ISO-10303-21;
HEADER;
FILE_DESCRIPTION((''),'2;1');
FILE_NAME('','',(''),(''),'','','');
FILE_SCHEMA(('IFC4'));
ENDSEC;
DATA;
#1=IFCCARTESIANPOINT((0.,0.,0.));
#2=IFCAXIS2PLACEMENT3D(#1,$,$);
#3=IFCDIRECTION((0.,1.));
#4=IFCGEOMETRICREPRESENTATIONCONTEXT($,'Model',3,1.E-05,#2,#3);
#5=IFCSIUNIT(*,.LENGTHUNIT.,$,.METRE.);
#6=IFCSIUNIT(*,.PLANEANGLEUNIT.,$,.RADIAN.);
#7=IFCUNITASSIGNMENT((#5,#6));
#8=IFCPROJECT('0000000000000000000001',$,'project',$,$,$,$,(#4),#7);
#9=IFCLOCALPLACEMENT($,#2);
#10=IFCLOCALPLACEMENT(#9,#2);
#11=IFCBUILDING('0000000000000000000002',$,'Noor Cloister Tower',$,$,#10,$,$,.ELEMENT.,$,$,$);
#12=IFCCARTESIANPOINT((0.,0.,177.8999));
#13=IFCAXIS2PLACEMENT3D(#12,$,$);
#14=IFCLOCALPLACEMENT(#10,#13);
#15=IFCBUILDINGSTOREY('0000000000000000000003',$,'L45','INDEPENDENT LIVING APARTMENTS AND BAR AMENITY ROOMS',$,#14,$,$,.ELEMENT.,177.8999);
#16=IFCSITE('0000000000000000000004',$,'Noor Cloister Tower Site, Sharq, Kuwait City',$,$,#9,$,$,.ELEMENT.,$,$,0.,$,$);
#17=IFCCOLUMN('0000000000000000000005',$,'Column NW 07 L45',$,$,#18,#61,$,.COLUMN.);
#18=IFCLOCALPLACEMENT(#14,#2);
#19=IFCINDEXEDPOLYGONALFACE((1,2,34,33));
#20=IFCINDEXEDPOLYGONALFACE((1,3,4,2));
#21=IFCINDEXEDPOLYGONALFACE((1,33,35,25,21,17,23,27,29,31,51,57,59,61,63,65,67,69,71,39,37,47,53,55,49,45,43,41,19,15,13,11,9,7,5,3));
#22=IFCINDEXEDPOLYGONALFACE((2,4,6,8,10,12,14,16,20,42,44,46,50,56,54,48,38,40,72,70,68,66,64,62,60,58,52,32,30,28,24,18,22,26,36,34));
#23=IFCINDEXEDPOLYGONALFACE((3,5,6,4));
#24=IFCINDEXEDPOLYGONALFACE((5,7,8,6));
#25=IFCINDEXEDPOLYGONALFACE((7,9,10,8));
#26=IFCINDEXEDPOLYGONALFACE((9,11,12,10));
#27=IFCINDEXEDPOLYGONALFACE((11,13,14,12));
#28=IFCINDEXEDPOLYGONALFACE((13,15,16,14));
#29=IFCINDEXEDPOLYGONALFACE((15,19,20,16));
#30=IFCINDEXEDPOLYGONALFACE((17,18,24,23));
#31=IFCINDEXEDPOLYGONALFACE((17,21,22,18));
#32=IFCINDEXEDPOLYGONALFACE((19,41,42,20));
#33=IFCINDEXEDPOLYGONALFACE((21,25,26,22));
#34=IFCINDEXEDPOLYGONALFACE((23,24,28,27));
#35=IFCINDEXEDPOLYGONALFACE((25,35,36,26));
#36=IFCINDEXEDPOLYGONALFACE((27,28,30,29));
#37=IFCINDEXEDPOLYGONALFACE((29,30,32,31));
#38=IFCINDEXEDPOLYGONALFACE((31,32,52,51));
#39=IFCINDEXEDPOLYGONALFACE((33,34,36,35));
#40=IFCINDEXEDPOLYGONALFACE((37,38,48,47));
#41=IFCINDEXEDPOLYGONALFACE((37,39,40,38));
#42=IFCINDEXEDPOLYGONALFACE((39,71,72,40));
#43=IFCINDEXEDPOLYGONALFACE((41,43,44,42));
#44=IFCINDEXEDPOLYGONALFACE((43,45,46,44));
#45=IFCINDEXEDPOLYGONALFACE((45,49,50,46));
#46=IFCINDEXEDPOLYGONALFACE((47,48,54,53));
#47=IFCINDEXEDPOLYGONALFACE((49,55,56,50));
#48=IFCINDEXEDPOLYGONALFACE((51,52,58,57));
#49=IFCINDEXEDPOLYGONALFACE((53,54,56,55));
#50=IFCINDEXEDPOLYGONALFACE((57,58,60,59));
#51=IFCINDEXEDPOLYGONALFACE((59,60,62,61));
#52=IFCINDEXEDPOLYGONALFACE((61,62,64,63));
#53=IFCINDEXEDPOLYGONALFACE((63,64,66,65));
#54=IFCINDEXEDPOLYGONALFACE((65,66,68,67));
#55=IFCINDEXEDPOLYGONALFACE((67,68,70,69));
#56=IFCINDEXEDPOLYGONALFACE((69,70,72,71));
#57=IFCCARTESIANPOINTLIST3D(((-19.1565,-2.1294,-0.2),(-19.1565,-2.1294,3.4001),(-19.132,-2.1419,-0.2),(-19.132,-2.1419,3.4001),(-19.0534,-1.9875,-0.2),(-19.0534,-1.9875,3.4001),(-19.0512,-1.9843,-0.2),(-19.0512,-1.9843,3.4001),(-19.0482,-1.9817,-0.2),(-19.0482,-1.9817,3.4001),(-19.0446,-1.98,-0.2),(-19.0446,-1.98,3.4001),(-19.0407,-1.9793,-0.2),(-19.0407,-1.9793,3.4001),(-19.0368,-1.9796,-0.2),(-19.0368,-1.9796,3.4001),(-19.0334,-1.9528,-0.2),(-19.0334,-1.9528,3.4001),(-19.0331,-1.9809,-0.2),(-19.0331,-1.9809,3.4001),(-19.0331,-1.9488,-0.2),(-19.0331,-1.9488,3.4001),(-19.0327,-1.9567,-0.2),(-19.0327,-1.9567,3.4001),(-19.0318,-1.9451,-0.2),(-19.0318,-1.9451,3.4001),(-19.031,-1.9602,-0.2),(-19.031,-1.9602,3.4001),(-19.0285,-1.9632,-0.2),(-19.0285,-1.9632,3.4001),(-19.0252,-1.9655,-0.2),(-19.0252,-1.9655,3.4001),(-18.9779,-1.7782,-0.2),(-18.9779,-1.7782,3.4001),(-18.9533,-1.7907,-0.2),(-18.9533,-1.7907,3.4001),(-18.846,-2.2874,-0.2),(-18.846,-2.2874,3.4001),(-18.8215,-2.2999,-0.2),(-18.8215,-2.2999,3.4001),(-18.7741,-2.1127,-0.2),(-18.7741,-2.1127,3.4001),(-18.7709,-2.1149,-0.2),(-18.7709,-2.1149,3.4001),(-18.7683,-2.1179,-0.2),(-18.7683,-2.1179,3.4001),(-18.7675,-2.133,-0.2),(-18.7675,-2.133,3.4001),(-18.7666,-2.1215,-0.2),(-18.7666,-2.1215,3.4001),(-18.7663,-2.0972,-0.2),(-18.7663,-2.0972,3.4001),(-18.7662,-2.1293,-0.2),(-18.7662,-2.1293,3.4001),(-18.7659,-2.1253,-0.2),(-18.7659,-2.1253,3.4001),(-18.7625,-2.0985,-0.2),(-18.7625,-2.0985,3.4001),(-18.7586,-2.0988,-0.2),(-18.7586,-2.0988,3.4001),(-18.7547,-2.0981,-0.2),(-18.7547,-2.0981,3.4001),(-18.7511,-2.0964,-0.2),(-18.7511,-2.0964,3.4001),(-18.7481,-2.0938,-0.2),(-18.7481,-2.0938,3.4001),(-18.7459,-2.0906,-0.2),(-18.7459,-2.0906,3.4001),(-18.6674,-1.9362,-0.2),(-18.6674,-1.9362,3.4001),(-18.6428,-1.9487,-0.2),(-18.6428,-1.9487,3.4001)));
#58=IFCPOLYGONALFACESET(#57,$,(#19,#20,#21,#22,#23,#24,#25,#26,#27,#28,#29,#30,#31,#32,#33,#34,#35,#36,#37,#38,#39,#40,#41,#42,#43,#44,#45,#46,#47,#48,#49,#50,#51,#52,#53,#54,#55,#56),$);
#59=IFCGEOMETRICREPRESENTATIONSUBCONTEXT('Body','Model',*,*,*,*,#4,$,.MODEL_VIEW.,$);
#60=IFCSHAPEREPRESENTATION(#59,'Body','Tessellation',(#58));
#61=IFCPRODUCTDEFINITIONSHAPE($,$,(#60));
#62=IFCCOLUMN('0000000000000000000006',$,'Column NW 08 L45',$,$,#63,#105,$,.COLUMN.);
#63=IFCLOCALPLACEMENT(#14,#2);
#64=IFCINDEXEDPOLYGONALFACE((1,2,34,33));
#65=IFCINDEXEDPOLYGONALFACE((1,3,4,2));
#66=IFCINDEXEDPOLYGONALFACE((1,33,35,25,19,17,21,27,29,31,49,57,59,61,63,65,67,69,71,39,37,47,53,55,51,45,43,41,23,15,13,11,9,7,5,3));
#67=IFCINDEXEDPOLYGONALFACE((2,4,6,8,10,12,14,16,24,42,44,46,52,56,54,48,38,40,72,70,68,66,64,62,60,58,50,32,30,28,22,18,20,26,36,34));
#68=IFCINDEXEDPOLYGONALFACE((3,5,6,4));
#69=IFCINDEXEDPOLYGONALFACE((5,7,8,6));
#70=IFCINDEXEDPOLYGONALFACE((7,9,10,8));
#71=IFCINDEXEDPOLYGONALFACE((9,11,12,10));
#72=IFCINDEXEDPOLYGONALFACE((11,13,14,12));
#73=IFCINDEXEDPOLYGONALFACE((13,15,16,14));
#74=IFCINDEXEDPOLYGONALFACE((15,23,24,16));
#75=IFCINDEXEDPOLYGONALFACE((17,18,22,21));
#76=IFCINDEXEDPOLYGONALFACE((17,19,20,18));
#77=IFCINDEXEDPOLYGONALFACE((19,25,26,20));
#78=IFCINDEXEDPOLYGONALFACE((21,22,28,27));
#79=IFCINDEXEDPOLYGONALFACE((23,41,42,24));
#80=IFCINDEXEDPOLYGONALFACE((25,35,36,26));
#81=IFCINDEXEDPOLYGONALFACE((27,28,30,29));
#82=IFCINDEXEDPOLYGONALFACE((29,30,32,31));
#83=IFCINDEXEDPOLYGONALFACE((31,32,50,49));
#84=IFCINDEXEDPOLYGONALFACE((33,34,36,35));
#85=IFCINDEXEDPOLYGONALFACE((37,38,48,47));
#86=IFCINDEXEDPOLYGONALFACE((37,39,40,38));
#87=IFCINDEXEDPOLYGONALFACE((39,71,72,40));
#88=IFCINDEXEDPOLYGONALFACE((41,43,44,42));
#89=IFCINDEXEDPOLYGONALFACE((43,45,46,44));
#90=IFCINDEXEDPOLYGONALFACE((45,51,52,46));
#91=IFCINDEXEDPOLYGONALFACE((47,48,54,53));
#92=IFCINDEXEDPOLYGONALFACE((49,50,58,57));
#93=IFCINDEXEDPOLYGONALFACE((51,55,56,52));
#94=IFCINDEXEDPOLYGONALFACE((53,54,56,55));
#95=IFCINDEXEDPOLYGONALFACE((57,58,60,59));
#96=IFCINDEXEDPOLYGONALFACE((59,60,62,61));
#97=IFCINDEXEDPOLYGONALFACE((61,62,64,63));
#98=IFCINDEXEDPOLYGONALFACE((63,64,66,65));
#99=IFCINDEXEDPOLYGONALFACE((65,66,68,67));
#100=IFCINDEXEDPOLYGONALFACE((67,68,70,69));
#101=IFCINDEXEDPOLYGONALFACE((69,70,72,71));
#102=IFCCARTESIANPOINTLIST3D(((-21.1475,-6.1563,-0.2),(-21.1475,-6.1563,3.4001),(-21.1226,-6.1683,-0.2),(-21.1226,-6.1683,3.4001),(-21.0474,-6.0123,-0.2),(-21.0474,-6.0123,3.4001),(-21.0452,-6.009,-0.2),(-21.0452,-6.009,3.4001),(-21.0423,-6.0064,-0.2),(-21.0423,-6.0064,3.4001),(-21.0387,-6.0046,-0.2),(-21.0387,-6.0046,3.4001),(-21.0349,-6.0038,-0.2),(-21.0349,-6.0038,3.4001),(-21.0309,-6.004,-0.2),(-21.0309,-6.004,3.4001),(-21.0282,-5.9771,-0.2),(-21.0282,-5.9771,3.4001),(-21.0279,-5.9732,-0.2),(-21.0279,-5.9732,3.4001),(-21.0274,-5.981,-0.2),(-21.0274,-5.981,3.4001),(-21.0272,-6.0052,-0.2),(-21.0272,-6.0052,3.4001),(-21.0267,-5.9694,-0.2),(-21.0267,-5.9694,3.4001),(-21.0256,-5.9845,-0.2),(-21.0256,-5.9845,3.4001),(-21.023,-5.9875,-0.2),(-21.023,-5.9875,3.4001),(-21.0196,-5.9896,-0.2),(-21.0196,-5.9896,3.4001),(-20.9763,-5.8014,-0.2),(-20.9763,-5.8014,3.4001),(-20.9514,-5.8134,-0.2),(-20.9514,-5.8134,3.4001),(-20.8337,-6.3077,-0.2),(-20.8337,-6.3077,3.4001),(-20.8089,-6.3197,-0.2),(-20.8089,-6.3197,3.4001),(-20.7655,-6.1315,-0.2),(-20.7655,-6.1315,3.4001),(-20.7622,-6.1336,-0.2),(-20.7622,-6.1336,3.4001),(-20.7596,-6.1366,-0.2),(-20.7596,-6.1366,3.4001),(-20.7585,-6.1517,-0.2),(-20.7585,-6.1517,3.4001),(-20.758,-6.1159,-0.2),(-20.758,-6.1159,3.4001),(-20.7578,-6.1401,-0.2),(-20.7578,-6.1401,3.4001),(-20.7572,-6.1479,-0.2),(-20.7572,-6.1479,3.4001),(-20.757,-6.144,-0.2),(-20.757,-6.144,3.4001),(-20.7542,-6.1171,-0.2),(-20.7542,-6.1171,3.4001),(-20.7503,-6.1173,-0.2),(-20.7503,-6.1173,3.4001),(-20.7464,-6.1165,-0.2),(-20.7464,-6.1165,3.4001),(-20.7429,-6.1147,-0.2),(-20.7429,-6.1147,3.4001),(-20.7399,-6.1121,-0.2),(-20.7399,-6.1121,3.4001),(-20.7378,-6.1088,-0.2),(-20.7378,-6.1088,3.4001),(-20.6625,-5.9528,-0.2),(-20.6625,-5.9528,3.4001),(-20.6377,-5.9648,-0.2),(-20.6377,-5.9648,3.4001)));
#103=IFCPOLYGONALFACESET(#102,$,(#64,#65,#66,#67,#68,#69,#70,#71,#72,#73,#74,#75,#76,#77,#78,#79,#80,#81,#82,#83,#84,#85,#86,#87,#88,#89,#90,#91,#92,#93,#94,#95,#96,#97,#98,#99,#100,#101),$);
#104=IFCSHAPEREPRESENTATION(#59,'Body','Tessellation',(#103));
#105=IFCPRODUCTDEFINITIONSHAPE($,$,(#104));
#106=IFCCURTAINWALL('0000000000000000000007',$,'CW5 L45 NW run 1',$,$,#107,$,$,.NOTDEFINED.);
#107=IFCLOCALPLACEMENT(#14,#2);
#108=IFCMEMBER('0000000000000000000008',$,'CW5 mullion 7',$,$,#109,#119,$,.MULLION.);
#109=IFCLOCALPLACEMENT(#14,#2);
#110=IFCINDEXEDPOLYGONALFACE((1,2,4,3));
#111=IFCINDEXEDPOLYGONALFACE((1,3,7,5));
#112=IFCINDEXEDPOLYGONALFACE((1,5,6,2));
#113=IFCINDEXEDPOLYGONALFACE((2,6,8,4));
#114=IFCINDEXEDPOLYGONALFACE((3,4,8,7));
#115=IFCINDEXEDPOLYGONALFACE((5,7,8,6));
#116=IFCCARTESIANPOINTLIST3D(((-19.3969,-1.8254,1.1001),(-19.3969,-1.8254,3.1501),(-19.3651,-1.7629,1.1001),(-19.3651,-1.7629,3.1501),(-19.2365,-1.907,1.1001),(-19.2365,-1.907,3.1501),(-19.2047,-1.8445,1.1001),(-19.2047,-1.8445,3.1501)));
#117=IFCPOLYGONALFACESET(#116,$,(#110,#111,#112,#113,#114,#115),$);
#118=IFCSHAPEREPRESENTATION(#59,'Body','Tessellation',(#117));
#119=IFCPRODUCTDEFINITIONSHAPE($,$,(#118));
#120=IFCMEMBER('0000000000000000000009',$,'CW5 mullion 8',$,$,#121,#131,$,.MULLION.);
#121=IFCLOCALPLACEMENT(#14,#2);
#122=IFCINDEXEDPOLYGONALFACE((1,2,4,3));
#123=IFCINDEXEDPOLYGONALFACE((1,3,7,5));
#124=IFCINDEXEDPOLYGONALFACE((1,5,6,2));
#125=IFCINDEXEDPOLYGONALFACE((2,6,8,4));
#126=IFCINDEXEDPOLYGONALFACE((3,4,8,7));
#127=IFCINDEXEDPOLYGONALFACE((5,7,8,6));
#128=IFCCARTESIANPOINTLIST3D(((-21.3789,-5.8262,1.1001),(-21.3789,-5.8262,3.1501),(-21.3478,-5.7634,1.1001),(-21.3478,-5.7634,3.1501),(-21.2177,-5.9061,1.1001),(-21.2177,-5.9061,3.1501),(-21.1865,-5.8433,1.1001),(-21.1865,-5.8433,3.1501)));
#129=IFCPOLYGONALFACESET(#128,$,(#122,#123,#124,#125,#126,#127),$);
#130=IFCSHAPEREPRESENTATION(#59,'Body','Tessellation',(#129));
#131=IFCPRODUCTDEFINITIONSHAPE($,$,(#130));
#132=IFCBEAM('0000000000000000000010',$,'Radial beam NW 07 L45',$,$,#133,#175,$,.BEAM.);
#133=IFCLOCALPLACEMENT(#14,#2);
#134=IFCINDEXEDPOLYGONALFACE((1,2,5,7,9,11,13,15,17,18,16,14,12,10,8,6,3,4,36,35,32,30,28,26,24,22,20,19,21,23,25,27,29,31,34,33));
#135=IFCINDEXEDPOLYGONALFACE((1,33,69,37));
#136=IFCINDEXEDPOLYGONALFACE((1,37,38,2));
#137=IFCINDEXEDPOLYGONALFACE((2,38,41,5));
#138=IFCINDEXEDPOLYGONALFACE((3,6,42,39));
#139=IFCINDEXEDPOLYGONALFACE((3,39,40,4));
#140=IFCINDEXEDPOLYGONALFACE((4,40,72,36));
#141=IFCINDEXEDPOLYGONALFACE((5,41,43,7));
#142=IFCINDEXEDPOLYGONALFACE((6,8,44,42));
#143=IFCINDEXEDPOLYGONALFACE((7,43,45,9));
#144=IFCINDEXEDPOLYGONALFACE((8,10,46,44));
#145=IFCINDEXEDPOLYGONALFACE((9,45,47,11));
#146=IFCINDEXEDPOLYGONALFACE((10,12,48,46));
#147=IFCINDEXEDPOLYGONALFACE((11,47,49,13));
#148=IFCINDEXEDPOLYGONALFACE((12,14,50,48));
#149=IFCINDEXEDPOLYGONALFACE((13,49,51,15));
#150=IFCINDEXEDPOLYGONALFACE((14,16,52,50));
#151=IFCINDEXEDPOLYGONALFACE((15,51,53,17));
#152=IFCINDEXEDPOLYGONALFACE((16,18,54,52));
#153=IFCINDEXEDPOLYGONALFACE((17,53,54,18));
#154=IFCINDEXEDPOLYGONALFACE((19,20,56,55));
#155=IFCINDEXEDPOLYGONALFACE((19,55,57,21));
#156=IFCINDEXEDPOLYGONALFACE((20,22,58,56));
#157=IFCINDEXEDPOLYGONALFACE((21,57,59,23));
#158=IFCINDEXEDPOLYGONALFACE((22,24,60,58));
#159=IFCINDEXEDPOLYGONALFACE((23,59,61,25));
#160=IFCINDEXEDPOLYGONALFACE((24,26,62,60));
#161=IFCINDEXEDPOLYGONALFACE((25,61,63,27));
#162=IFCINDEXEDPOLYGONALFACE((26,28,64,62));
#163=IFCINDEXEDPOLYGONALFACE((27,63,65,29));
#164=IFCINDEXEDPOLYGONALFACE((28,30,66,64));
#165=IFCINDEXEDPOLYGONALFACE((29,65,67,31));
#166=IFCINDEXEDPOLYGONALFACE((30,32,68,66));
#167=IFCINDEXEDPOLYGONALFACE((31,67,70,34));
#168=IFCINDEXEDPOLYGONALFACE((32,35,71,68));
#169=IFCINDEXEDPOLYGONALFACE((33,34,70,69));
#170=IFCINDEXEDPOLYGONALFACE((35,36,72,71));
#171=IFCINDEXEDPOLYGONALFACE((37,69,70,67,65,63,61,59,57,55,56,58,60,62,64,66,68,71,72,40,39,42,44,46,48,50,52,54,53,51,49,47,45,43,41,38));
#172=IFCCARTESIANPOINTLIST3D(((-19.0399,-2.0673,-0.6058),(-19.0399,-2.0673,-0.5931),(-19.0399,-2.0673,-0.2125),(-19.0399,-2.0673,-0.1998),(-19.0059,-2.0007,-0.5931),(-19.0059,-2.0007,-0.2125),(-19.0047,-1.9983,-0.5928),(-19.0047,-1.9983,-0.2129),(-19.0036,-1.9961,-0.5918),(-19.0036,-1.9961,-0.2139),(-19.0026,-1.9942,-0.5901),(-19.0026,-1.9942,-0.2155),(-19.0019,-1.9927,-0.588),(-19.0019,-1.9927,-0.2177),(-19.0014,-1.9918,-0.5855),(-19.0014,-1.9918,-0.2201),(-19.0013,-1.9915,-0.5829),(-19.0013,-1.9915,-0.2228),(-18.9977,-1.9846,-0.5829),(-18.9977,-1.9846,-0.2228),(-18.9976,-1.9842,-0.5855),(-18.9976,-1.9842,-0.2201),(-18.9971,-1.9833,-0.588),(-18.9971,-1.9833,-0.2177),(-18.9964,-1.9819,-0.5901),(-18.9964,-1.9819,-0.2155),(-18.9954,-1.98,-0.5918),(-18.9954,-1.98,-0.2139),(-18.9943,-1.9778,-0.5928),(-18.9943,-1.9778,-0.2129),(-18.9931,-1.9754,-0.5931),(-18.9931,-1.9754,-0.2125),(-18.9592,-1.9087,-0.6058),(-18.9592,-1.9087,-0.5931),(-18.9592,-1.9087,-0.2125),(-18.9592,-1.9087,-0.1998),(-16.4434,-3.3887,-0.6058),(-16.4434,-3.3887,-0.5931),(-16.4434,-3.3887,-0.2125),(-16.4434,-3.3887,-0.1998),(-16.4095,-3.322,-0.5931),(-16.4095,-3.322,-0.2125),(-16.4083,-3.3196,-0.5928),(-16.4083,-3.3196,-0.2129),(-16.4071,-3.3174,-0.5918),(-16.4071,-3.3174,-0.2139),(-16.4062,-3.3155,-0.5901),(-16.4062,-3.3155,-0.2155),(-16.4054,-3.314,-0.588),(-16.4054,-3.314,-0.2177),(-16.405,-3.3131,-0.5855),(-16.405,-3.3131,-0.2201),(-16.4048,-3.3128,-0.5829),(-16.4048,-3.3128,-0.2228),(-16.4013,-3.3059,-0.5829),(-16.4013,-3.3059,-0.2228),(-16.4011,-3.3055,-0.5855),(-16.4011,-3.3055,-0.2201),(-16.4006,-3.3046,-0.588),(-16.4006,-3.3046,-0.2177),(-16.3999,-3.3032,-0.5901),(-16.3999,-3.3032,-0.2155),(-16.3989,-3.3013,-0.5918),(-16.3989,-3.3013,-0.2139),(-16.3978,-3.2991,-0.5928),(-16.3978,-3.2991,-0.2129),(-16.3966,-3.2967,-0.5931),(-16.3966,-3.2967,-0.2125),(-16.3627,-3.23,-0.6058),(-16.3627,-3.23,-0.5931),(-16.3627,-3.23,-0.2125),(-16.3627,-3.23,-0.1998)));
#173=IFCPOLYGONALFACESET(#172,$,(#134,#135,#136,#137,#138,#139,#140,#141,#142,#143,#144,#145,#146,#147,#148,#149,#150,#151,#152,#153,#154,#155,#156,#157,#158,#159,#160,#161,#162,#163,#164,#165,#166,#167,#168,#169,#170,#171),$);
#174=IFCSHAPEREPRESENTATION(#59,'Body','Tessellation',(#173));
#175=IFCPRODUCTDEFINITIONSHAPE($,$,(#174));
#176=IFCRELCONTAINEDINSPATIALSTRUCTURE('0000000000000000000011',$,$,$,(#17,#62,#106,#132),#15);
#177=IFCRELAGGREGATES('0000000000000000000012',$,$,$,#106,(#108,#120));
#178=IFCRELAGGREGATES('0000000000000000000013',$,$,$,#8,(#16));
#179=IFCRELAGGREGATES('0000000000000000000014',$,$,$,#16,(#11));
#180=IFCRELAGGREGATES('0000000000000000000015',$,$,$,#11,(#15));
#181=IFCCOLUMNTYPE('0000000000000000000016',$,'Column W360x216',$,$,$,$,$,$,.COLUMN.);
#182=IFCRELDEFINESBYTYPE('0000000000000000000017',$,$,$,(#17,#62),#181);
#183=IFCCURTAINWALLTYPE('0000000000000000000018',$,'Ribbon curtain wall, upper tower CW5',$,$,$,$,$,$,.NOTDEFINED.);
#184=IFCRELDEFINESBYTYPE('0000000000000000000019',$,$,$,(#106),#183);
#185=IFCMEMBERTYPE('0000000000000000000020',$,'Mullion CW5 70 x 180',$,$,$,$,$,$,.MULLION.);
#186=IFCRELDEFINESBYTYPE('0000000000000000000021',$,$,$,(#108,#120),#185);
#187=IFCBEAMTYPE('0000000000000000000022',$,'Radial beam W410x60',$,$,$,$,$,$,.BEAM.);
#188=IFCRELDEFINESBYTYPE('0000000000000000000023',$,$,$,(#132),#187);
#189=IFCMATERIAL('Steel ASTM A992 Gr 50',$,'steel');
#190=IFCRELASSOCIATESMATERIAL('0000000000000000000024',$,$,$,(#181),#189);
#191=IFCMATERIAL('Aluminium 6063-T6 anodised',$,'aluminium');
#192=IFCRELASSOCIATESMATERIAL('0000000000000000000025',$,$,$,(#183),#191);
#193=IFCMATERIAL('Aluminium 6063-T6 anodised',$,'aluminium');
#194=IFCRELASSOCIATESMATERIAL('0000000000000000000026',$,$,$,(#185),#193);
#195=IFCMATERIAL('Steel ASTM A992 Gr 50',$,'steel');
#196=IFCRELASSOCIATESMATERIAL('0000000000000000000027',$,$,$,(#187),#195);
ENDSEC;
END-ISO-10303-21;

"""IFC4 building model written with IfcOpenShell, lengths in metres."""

from ifc_helpers import new_model, si_unit, direction, frame, origin, origin_2d, place, context, subcontext, project, spatial, rectangle, i_section, extrude, material, material_profile, profile_set, type_object, element, aggregate, save


model = new_model("IFC4")

# Units and contexts
model_context = context("Model", 3, precision=1e-05, world=origin(), true_north=direction((0.0, 1.0)))
body_context = subcontext(model_context, "Body", "Model", "MODEL_VIEW")
ifc_project = project(units=[si_unit("LENGTHUNIT", "METRE"), si_unit("PLANEANGLEUNIT", "RADIAN")], contexts=[model_context])

# Site, building, storey
site_placement = place(None, origin())
site = spatial("IfcSite", under=ifc_project, at=site_placement, Name="Noor Cloister Tower Site, Sharq, Kuwait City", CompositionType="ELEMENT", RefElevation=0.0)
building_placement = place(site_placement, origin())
building = spatial("IfcBuilding", under=site, at=building_placement, Name="Noor Cloister Tower", CompositionType="ELEMENT")
storey_placement = place(building_placement, frame((0.0, 0.0, 177.8999)))
storey = spatial("IfcBuildingStorey", under=building, at=storey_placement, Name="L45", Description="INDEPENDENT LIVING APARTMENTS AND BAR AMENITY ROOMS", CompositionType="ELEMENT", Elevation=177.8999)

# Columns
ifc_material_1 = material(Name="Steel ASTM A992 Gr 50", Category="steel")
ifc_material_profile_1 = material_profile(ifc_material_1, i_section(OverallWidth=0.394, OverallDepth=0.376, WebThickness=0.0173, FlangeThickness=0.0276, FilletRadius=0.0151, at=origin_2d()), Name="W360x216")
ifc_profile_set_1 = profile_set([ifc_material_profile_1], Name="Steel ASTM A992 Gr 50")
column_type = type_object("IfcColumnType", Name="Column W360x216", PredefinedType="COLUMN", material=ifc_profile_set_1)
for number, where, z_axis, x_axis, name in (
    (1, (-18.8997, -2.0391, -0.2), (0.0, 0.0, 1.0), (-0.453461, -0.891276, 0.0), "Column NW 07 L45"),
    (2, (-20.8926, -6.0605, -0.2), (0.0, 0.0, 1.0), (-0.434482, -0.90068, 0.0), "Column NW 08 L45"),
):
    element("IfcColumn", number, at=place(storey_placement, frame(where, z_axis=z_axis, x_axis=x_axis)), inside=storey, type_object=column_type, Name=name, PredefinedType="COLUMN", context=body_context, shape_type="SweptSolid", body=[
        extrude(i_section(OverallWidth=0.394, OverallDepth=0.376, WebThickness=0.0173, FlangeThickness=0.0276, FilletRadius=0.0151, at=origin_2d()), origin(), (0.0, 0.0, 1.0), 3.6001),
    ])

# Curtain wall, members
ifc_material_2 = material(Name="Aluminium 6063-T6 anodised", Category="aluminium")
curtain_wall_type = type_object("IfcCurtainWallType", Name="Ribbon curtain wall, upper tower CW5", PredefinedType="NOTDEFINED", material=ifc_material_2)
curtain_wall_placement = place(storey_placement, origin())
curtain_wall = element("IfcCurtainWall", 3, at=curtain_wall_placement, inside=storey, type_object=curtain_wall_type, Name="CW5 L45 NW run 1", PredefinedType="NOTDEFINED")
ifc_material_3 = material(Name="Aluminium 6063-T6 anodised", Category="aluminium")
ifc_material_profile_2 = material_profile(ifc_material_3, rectangle(XDim=0.1799, YDim=0.0701, at=origin_2d()), Name="180 x 70 mullion")
ifc_profile_set_2 = profile_set([ifc_material_profile_2], Name="Aluminium 6063-T6 anodised")
member_type = type_object("IfcMemberType", Name="Mullion CW5 70 x 180", PredefinedType="MULLION", material=ifc_profile_set_2)
member_1_placement = place(storey_placement, frame((-19.3008, -1.835, 1.1001), z_axis=(0.0, 0.0, 1.0), x_axis=(0.891276, -0.453461, 0.0)))
member_1 = element("IfcMember", 4, at=member_1_placement, type_object=member_type, Name="CW5 mullion 7", PredefinedType="MULLION", context=body_context, shape_type="SweptSolid", body=[
    extrude(rectangle(XDim=0.1799, YDim=0.0701, at=origin_2d()), origin(), (0.0, 0.0, 1.0), 2.05),
])
member_2_placement = place(storey_placement, frame((-21.2827, -5.8347, 1.1001), z_axis=(0.0, 0.0, 1.0), x_axis=(0.896029, -0.443997, 0.0)))
member_2 = element("IfcMember", 5, at=member_2_placement, type_object=member_type, Name="CW5 mullion 8", PredefinedType="MULLION", context=body_context, shape_type="SweptSolid", body=[
    extrude(rectangle(XDim=0.1799, YDim=0.0701, at=origin_2d()), origin(), (0.0, 0.0, 1.0), 2.05),
])

# Beam
ifc_material_4 = material(Name="Steel ASTM A992 Gr 50", Category="steel")
ifc_material_profile_3 = material_profile(ifc_material_4, i_section(OverallWidth=0.178, OverallDepth=0.406, WebThickness=0.0078, FlangeThickness=0.0127, FilletRadius=0.0103, at=origin_2d()), Name="W410x60")
ifc_profile_set_3 = profile_set([ifc_material_profile_3], Name="Steel ASTM A992 Gr 50")
beam_type_1 = type_object("IfcBeamType", Name="Radial beam W410x60", PredefinedType="BEAM", material=ifc_profile_set_3)
beam_1_placement = place(storey_placement, frame((-18.9995, -1.988, -0.4028), z_axis=(0.891237, -0.453538, 0.0), x_axis=(0.453538, 0.891237, 0.0)))
element("IfcBeam", 6, at=beam_1_placement, inside=storey, type_object=beam_type_1, Name="Radial beam NW 07 L45", PredefinedType="BEAM", context=body_context, shape_type="SweptSolid", body=[
    extrude(i_section(OverallWidth=0.178, OverallDepth=0.406, WebThickness=0.0078, FlangeThickness=0.0127, FilletRadius=0.0103, at=origin_2d()), origin(), (0.0, 0.0, 1.0), 2.9133),
])

aggregate(curtain_wall, [member_1, member_2])

save(model, "model.ifc")
